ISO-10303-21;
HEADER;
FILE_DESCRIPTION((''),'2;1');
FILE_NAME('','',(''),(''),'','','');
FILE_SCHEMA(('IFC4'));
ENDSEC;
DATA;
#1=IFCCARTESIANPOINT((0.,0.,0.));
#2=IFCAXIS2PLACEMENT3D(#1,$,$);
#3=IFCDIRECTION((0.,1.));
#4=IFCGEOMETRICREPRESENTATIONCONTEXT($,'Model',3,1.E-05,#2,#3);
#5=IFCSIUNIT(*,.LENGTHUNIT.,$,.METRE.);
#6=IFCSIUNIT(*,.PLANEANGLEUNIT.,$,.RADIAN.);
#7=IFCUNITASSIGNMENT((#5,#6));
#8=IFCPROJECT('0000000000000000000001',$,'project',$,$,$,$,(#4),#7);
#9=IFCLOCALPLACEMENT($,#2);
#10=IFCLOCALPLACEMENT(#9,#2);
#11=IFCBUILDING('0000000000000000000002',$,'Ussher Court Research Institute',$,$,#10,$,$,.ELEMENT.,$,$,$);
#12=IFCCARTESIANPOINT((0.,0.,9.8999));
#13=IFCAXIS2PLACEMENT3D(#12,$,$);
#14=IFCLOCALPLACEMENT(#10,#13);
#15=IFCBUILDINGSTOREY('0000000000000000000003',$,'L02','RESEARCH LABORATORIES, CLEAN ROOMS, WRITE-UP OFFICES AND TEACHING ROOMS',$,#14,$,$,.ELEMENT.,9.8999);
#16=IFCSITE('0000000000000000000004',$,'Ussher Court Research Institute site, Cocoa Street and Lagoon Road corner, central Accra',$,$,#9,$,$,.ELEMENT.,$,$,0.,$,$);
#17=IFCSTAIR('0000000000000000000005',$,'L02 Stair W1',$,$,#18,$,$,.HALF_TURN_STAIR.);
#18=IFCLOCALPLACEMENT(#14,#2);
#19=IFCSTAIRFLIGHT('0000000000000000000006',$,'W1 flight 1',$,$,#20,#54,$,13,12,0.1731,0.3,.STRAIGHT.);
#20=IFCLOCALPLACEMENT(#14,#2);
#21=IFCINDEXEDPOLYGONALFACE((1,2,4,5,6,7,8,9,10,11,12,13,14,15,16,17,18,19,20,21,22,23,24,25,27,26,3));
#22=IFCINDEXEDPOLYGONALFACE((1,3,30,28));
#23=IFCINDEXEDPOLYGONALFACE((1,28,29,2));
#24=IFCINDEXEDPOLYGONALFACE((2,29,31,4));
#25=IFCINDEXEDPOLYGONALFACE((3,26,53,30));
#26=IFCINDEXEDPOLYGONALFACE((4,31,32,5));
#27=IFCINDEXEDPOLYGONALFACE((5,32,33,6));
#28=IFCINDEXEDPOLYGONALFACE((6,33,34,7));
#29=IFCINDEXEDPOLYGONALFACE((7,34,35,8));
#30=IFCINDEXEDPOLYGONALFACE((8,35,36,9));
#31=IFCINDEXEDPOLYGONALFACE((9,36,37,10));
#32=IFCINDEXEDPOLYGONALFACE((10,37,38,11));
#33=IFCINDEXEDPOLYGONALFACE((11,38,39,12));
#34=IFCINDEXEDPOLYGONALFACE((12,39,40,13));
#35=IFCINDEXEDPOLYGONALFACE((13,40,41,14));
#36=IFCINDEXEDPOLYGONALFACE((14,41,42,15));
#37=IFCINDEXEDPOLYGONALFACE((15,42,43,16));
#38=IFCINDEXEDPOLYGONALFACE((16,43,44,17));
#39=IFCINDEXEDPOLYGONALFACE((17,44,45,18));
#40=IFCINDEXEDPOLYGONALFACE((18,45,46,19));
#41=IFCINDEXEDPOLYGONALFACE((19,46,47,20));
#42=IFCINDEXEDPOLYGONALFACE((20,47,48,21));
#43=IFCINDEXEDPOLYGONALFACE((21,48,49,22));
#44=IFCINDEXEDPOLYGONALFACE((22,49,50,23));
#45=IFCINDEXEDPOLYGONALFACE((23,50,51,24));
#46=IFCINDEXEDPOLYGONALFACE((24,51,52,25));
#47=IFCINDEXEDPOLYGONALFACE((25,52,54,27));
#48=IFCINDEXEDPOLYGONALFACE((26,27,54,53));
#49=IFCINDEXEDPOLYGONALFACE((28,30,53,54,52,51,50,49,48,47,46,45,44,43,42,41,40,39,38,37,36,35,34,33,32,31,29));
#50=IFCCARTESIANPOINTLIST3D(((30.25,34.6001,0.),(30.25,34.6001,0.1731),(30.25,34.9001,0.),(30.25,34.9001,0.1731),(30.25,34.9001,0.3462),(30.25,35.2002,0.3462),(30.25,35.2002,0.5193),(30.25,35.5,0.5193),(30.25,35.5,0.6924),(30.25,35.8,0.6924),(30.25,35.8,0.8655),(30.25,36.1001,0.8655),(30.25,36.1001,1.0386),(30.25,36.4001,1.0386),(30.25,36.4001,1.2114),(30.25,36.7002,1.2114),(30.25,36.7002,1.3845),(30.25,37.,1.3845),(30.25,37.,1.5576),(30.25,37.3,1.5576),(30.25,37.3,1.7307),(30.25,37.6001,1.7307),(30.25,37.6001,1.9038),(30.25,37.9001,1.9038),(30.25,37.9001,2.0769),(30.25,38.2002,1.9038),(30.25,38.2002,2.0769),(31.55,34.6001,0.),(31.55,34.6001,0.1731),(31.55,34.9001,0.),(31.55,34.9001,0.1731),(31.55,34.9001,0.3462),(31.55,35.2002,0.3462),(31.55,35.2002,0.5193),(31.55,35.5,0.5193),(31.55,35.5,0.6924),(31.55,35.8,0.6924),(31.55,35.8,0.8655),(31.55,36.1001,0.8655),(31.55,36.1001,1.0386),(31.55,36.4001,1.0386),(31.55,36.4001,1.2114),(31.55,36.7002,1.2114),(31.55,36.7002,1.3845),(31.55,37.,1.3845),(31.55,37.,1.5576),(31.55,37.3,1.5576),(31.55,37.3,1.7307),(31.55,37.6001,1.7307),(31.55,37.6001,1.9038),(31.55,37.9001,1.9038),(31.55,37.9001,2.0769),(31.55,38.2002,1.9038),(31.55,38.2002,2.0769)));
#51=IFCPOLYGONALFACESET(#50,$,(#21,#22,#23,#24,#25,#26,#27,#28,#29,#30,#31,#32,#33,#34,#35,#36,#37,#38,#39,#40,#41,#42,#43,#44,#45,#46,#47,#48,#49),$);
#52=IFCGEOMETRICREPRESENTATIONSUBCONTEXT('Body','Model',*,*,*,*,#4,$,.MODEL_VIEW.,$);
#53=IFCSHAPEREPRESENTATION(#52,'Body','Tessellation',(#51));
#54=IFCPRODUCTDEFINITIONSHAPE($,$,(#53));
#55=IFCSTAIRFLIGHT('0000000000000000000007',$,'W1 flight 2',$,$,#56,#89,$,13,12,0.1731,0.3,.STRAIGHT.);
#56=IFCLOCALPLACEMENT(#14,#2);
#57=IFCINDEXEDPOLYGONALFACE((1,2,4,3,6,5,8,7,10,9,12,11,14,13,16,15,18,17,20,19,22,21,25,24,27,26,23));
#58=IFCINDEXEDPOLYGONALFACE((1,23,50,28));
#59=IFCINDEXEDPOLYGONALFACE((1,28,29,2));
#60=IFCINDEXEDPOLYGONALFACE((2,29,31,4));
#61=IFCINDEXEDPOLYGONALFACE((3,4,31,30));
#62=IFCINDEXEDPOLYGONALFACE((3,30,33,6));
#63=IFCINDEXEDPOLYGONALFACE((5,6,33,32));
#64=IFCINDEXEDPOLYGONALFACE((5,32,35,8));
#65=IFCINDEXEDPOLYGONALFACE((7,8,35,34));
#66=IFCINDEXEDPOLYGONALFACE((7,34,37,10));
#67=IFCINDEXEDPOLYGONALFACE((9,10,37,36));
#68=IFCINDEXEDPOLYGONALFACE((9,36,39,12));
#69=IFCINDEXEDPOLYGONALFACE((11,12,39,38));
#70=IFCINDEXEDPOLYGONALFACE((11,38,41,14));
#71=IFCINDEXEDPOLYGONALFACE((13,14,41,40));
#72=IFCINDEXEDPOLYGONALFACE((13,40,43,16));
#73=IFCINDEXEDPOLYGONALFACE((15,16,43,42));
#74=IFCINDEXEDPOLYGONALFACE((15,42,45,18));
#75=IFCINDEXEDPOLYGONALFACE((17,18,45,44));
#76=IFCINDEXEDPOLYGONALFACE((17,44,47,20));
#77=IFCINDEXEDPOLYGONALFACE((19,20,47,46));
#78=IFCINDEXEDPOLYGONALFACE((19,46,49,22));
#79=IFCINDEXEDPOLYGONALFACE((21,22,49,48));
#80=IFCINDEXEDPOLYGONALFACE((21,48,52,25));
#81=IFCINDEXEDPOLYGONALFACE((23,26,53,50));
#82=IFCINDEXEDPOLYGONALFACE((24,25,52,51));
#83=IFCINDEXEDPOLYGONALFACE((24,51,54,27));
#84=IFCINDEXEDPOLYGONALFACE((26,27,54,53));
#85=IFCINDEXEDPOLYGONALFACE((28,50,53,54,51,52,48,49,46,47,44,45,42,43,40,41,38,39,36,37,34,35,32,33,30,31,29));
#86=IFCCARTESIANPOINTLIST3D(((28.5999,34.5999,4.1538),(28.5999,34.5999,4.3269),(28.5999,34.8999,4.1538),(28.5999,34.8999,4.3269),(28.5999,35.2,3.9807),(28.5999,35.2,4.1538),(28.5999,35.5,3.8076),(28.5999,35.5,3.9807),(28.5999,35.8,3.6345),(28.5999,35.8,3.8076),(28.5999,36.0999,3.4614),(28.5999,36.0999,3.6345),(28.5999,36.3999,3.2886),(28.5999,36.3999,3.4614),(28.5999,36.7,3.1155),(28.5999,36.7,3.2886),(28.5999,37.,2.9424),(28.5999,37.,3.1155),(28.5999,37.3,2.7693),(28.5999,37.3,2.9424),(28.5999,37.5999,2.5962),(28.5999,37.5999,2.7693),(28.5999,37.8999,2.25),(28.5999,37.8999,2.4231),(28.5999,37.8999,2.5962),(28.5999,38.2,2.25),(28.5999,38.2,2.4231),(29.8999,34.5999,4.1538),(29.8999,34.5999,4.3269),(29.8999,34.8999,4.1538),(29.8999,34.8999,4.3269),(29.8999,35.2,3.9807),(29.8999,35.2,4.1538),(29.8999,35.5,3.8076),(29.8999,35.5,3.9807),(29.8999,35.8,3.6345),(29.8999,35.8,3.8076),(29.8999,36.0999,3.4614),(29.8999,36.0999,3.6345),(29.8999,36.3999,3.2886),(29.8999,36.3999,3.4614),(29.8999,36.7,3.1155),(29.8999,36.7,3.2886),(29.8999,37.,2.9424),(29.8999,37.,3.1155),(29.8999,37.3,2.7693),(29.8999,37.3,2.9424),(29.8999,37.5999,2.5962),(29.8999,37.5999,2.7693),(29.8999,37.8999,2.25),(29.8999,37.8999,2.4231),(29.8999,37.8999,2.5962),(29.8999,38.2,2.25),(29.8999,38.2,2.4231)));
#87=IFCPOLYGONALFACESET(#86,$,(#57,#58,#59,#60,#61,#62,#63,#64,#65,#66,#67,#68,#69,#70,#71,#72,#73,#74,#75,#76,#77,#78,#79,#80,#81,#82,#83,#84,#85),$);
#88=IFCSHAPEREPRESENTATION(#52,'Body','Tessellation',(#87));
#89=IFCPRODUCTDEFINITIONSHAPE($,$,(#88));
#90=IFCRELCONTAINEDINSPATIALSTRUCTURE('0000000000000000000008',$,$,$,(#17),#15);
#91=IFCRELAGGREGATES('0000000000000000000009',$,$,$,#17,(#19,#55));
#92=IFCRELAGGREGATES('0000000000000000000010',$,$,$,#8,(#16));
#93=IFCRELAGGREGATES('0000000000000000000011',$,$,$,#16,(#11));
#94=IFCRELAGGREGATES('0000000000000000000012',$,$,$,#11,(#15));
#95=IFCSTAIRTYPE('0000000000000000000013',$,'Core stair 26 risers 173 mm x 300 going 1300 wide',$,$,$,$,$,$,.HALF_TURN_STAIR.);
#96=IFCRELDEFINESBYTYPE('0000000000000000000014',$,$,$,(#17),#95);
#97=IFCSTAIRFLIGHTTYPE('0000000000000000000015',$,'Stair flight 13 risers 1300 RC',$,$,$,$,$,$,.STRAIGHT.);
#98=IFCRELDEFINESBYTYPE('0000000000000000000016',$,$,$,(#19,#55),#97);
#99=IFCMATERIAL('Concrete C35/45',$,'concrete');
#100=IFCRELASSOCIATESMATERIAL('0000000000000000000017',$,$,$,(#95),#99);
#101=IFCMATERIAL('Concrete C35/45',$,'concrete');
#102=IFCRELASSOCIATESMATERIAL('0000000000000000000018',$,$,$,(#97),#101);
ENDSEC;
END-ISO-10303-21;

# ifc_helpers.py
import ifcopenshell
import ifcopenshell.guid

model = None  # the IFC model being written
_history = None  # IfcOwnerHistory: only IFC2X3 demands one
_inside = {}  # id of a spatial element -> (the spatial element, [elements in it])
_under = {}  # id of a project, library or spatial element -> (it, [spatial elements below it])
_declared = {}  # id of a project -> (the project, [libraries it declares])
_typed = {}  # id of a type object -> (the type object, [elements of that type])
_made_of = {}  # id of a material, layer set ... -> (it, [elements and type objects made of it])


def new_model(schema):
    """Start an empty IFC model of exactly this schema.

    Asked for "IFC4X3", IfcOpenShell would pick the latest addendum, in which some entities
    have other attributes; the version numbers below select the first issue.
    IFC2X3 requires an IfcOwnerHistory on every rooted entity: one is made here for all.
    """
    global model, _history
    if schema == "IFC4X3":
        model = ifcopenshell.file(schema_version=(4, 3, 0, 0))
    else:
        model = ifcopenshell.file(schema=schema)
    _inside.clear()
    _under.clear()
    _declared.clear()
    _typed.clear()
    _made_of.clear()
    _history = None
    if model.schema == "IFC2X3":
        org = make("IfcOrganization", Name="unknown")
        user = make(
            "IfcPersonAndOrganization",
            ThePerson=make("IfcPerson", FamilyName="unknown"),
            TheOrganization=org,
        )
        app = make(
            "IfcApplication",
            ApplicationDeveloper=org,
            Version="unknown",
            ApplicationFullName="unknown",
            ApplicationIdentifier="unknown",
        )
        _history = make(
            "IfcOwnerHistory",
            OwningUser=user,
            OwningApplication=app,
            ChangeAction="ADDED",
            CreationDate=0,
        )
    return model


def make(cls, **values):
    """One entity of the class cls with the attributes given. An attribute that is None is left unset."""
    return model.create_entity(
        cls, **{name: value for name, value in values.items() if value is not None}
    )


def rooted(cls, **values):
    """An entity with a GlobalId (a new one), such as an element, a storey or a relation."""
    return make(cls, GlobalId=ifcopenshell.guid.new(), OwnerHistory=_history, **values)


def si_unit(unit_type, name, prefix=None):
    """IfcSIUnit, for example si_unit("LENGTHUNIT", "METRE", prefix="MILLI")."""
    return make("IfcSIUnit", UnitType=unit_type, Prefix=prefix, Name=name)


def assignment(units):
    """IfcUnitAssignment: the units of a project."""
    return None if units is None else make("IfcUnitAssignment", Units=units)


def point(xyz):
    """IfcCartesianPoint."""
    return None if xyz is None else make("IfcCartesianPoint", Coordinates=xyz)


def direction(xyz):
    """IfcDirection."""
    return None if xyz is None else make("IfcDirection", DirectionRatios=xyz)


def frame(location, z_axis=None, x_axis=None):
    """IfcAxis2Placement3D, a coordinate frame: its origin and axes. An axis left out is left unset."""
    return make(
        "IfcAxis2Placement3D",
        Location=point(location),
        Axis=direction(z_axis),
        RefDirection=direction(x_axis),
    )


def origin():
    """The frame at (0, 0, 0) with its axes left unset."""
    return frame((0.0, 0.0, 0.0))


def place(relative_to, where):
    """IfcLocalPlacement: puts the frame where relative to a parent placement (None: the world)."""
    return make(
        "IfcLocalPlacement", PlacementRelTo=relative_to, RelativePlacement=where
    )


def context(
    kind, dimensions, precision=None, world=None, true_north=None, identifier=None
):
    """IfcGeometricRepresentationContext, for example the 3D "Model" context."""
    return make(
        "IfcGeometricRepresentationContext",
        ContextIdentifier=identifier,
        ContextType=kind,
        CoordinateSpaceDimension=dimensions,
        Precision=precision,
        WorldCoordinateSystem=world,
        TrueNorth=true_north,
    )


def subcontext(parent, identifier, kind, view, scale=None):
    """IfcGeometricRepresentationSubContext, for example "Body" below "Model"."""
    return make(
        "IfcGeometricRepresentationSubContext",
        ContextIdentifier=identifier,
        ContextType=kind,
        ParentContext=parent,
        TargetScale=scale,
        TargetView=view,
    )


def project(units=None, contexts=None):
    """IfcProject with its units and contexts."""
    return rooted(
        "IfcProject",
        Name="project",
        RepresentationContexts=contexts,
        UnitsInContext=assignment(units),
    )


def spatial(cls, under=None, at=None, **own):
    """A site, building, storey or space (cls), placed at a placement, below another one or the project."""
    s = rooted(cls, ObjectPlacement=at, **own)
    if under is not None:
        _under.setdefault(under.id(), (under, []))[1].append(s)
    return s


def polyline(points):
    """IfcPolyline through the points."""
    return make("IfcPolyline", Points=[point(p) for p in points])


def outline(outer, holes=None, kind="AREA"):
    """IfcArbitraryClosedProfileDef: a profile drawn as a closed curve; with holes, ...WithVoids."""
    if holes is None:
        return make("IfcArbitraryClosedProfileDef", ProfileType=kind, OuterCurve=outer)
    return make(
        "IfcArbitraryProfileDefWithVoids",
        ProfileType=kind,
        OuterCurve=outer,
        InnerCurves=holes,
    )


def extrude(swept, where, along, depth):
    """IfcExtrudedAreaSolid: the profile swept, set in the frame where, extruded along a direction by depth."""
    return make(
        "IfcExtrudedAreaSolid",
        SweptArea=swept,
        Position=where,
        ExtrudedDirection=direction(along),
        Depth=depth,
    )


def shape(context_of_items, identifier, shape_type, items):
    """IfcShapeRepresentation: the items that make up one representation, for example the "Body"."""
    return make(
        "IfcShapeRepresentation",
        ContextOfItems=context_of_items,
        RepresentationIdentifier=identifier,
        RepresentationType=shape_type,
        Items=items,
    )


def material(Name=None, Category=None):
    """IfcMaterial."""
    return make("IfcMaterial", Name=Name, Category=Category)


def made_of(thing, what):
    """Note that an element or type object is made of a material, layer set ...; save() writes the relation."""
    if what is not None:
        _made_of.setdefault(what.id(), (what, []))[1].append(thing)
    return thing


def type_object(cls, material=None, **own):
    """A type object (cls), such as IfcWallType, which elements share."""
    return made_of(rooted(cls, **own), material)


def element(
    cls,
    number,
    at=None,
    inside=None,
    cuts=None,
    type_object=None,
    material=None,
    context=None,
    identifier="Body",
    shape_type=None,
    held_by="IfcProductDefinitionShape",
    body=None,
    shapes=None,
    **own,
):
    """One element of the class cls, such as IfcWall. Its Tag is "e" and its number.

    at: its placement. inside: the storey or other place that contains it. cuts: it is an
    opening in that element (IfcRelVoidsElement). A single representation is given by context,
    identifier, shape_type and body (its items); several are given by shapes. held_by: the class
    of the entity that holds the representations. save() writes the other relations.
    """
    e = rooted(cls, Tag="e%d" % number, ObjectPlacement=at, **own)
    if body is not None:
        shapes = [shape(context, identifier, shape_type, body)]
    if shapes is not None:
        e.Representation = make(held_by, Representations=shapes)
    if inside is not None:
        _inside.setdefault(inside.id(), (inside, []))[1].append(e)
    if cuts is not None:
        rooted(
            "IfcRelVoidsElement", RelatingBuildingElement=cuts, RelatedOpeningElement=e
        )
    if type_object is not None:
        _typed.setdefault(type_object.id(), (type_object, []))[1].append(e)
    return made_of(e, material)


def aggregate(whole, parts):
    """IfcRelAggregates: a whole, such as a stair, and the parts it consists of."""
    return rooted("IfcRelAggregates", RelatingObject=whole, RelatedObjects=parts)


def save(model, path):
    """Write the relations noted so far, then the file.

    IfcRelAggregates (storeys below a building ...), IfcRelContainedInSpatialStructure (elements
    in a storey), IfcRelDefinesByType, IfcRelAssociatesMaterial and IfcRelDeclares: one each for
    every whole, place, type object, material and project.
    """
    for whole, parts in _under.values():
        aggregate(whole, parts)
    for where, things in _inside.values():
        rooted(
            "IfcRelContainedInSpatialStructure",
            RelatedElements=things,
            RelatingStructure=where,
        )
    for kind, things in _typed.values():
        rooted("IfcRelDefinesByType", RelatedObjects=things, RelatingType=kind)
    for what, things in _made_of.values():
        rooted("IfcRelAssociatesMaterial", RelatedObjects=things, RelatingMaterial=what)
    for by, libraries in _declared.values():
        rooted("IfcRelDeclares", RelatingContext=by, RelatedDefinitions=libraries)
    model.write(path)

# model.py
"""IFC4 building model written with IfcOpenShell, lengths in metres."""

from ifc_helpers import new_model, si_unit, direction, frame, origin, place, context, subcontext, project, spatial, polyline, outline, extrude, material, type_object, element, aggregate, save


model = new_model("IFC4")

# Units and contexts
model_context = context("Model", 3, precision=1e-05, world=origin(), true_north=direction((0.0, 1.0)))
body_context = subcontext(model_context, "Body", "Model", "MODEL_VIEW")
ifc_project = project(units=[si_unit("LENGTHUNIT", "METRE"), si_unit("PLANEANGLEUNIT", "RADIAN")], contexts=[model_context])

# Site, building, storey
site_placement = place(None, origin())
site = spatial("IfcSite", under=ifc_project, at=site_placement, Name="Ussher Court Research Institute site, Cocoa Street and Lagoon Road corner, central Accra", CompositionType="ELEMENT", RefElevation=0.0)
building_placement = place(site_placement, origin())
building = spatial("IfcBuilding", under=site, at=building_placement, Name="Ussher Court Research Institute", CompositionType="ELEMENT")
storey_placement = place(building_placement, frame((0.0, 0.0, 9.8999)))
storey = spatial("IfcBuildingStorey", under=building, at=storey_placement, Name="L02", Description="RESEARCH LABORATORIES, CLEAN ROOMS, WRITE-UP OFFICES AND TEACHING ROOMS", CompositionType="ELEMENT", Elevation=9.8999)

# Stair, stair flights
ifc_material_1 = material(Name="Concrete C35/45", Category="concrete")
stair_type = type_object("IfcStairType", Name="Core stair 26 risers 173 mm x 300 going 1300 wide", PredefinedType="HALF_TURN_STAIR", material=ifc_material_1)
stair_placement = place(storey_placement, origin())
stair = element("IfcStair", 1, at=stair_placement, inside=storey, type_object=stair_type, Name="L02 Stair W1", PredefinedType="HALF_TURN_STAIR")
ifc_material_2 = material(Name="Concrete C35/45", Category="concrete")
stair_flight_type = type_object("IfcStairFlightType", Name="Stair flight 13 risers 1300 RC", PredefinedType="STRAIGHT", material=ifc_material_2)
stair_flight_1_placement = place(storey_placement, frame((30.8999, 34.6001, 0.0), z_axis=(0.0, 0.0, 1.0), x_axis=(0.0, 1.0, 0.0)))
stair_flight_1 = element("IfcStairFlight", 2, at=stair_flight_1_placement, type_object=stair_flight_type, Name="W1 flight 1", NumberOfRisers=13, NumberOfTreads=12, PredefinedType="STRAIGHT", RiserHeight=0.1731, TreadLength=0.3, context=body_context, shape_type="SweptSolid", body=[
    extrude(outline(polyline([(0.0, 0.0), (0.0, 0.1731), (0.3, 0.1731), (0.3, 0.3462), (0.6001, 0.3462), (0.6001, 0.5193), (0.8999, 0.5193), (0.8999, 0.6924), (1.2, 0.6924), (1.2, 0.8655), (1.5, 0.8655), (1.5, 1.0386), (1.8, 1.0386), (1.8, 1.2114), (2.1001, 1.2114), (2.1001, 1.3845), (2.3999, 1.3845), (2.3999, 1.5576), (2.7, 1.5576), (2.7, 1.7307), (3.0, 1.7307), (3.0, 1.9038), (3.3, 1.9038), (3.3, 2.0769), (3.6001, 2.0769), (3.6001, 2.25), (3.6001, 1.9038), (0.3, 0.0), (0.0, 0.0)])), frame((0.0, 0.6499, 0.0), z_axis=(0.0, -1.0, 0.0), x_axis=(1.0, 0.0, 0.0)), (0.0, 0.0, 1.0), 1.3),
])
stair_flight_2_placement = place(storey_placement, frame((29.25, 38.2, 2.25), z_axis=(0.0, 0.0, 1.0), x_axis=(0.0, -1.0, 0.0)))
stair_flight_2 = element("IfcStairFlight", 3, at=stair_flight_2_placement, type_object=stair_flight_type, Name="W1 flight 2", NumberOfRisers=13, NumberOfTreads=12, PredefinedType="STRAIGHT", RiserHeight=0.1731, TreadLength=0.3, context=body_context, shape_type="SweptSolid", body=[
    extrude(outline(polyline([(0.0, 0.0), (0.0, 0.1731), (0.3, 0.1731), (0.3, 0.3462), (0.6001, 0.3462), (0.6001, 0.5193), (0.8999, 0.5193), (0.8999, 0.6924), (1.2, 0.6924), (1.2, 0.8655), (1.5, 0.8655), (1.5, 1.0386), (1.8, 1.0386), (1.8, 1.2114), (2.1001, 1.2114), (2.1001, 1.3845), (2.3999, 1.3845), (2.3999, 1.5576), (2.7, 1.5576), (2.7, 1.7307), (3.0, 1.7307), (3.0, 1.9038), (3.3, 1.9038), (3.3, 2.0769), (3.6001, 2.0769), (3.6001, 2.25), (3.6001, 1.9038), (0.3, 0.0), (0.0, 0.0)])), frame((0.0, 0.6499, 0.0), z_axis=(0.0, -1.0, 0.0), x_axis=(1.0, 0.0, 0.0)), (0.0, 0.0, 1.0), 1.3),
])
aggregate(stair, [stair_flight_1, stair_flight_2])

save(model, "model.ifc")
